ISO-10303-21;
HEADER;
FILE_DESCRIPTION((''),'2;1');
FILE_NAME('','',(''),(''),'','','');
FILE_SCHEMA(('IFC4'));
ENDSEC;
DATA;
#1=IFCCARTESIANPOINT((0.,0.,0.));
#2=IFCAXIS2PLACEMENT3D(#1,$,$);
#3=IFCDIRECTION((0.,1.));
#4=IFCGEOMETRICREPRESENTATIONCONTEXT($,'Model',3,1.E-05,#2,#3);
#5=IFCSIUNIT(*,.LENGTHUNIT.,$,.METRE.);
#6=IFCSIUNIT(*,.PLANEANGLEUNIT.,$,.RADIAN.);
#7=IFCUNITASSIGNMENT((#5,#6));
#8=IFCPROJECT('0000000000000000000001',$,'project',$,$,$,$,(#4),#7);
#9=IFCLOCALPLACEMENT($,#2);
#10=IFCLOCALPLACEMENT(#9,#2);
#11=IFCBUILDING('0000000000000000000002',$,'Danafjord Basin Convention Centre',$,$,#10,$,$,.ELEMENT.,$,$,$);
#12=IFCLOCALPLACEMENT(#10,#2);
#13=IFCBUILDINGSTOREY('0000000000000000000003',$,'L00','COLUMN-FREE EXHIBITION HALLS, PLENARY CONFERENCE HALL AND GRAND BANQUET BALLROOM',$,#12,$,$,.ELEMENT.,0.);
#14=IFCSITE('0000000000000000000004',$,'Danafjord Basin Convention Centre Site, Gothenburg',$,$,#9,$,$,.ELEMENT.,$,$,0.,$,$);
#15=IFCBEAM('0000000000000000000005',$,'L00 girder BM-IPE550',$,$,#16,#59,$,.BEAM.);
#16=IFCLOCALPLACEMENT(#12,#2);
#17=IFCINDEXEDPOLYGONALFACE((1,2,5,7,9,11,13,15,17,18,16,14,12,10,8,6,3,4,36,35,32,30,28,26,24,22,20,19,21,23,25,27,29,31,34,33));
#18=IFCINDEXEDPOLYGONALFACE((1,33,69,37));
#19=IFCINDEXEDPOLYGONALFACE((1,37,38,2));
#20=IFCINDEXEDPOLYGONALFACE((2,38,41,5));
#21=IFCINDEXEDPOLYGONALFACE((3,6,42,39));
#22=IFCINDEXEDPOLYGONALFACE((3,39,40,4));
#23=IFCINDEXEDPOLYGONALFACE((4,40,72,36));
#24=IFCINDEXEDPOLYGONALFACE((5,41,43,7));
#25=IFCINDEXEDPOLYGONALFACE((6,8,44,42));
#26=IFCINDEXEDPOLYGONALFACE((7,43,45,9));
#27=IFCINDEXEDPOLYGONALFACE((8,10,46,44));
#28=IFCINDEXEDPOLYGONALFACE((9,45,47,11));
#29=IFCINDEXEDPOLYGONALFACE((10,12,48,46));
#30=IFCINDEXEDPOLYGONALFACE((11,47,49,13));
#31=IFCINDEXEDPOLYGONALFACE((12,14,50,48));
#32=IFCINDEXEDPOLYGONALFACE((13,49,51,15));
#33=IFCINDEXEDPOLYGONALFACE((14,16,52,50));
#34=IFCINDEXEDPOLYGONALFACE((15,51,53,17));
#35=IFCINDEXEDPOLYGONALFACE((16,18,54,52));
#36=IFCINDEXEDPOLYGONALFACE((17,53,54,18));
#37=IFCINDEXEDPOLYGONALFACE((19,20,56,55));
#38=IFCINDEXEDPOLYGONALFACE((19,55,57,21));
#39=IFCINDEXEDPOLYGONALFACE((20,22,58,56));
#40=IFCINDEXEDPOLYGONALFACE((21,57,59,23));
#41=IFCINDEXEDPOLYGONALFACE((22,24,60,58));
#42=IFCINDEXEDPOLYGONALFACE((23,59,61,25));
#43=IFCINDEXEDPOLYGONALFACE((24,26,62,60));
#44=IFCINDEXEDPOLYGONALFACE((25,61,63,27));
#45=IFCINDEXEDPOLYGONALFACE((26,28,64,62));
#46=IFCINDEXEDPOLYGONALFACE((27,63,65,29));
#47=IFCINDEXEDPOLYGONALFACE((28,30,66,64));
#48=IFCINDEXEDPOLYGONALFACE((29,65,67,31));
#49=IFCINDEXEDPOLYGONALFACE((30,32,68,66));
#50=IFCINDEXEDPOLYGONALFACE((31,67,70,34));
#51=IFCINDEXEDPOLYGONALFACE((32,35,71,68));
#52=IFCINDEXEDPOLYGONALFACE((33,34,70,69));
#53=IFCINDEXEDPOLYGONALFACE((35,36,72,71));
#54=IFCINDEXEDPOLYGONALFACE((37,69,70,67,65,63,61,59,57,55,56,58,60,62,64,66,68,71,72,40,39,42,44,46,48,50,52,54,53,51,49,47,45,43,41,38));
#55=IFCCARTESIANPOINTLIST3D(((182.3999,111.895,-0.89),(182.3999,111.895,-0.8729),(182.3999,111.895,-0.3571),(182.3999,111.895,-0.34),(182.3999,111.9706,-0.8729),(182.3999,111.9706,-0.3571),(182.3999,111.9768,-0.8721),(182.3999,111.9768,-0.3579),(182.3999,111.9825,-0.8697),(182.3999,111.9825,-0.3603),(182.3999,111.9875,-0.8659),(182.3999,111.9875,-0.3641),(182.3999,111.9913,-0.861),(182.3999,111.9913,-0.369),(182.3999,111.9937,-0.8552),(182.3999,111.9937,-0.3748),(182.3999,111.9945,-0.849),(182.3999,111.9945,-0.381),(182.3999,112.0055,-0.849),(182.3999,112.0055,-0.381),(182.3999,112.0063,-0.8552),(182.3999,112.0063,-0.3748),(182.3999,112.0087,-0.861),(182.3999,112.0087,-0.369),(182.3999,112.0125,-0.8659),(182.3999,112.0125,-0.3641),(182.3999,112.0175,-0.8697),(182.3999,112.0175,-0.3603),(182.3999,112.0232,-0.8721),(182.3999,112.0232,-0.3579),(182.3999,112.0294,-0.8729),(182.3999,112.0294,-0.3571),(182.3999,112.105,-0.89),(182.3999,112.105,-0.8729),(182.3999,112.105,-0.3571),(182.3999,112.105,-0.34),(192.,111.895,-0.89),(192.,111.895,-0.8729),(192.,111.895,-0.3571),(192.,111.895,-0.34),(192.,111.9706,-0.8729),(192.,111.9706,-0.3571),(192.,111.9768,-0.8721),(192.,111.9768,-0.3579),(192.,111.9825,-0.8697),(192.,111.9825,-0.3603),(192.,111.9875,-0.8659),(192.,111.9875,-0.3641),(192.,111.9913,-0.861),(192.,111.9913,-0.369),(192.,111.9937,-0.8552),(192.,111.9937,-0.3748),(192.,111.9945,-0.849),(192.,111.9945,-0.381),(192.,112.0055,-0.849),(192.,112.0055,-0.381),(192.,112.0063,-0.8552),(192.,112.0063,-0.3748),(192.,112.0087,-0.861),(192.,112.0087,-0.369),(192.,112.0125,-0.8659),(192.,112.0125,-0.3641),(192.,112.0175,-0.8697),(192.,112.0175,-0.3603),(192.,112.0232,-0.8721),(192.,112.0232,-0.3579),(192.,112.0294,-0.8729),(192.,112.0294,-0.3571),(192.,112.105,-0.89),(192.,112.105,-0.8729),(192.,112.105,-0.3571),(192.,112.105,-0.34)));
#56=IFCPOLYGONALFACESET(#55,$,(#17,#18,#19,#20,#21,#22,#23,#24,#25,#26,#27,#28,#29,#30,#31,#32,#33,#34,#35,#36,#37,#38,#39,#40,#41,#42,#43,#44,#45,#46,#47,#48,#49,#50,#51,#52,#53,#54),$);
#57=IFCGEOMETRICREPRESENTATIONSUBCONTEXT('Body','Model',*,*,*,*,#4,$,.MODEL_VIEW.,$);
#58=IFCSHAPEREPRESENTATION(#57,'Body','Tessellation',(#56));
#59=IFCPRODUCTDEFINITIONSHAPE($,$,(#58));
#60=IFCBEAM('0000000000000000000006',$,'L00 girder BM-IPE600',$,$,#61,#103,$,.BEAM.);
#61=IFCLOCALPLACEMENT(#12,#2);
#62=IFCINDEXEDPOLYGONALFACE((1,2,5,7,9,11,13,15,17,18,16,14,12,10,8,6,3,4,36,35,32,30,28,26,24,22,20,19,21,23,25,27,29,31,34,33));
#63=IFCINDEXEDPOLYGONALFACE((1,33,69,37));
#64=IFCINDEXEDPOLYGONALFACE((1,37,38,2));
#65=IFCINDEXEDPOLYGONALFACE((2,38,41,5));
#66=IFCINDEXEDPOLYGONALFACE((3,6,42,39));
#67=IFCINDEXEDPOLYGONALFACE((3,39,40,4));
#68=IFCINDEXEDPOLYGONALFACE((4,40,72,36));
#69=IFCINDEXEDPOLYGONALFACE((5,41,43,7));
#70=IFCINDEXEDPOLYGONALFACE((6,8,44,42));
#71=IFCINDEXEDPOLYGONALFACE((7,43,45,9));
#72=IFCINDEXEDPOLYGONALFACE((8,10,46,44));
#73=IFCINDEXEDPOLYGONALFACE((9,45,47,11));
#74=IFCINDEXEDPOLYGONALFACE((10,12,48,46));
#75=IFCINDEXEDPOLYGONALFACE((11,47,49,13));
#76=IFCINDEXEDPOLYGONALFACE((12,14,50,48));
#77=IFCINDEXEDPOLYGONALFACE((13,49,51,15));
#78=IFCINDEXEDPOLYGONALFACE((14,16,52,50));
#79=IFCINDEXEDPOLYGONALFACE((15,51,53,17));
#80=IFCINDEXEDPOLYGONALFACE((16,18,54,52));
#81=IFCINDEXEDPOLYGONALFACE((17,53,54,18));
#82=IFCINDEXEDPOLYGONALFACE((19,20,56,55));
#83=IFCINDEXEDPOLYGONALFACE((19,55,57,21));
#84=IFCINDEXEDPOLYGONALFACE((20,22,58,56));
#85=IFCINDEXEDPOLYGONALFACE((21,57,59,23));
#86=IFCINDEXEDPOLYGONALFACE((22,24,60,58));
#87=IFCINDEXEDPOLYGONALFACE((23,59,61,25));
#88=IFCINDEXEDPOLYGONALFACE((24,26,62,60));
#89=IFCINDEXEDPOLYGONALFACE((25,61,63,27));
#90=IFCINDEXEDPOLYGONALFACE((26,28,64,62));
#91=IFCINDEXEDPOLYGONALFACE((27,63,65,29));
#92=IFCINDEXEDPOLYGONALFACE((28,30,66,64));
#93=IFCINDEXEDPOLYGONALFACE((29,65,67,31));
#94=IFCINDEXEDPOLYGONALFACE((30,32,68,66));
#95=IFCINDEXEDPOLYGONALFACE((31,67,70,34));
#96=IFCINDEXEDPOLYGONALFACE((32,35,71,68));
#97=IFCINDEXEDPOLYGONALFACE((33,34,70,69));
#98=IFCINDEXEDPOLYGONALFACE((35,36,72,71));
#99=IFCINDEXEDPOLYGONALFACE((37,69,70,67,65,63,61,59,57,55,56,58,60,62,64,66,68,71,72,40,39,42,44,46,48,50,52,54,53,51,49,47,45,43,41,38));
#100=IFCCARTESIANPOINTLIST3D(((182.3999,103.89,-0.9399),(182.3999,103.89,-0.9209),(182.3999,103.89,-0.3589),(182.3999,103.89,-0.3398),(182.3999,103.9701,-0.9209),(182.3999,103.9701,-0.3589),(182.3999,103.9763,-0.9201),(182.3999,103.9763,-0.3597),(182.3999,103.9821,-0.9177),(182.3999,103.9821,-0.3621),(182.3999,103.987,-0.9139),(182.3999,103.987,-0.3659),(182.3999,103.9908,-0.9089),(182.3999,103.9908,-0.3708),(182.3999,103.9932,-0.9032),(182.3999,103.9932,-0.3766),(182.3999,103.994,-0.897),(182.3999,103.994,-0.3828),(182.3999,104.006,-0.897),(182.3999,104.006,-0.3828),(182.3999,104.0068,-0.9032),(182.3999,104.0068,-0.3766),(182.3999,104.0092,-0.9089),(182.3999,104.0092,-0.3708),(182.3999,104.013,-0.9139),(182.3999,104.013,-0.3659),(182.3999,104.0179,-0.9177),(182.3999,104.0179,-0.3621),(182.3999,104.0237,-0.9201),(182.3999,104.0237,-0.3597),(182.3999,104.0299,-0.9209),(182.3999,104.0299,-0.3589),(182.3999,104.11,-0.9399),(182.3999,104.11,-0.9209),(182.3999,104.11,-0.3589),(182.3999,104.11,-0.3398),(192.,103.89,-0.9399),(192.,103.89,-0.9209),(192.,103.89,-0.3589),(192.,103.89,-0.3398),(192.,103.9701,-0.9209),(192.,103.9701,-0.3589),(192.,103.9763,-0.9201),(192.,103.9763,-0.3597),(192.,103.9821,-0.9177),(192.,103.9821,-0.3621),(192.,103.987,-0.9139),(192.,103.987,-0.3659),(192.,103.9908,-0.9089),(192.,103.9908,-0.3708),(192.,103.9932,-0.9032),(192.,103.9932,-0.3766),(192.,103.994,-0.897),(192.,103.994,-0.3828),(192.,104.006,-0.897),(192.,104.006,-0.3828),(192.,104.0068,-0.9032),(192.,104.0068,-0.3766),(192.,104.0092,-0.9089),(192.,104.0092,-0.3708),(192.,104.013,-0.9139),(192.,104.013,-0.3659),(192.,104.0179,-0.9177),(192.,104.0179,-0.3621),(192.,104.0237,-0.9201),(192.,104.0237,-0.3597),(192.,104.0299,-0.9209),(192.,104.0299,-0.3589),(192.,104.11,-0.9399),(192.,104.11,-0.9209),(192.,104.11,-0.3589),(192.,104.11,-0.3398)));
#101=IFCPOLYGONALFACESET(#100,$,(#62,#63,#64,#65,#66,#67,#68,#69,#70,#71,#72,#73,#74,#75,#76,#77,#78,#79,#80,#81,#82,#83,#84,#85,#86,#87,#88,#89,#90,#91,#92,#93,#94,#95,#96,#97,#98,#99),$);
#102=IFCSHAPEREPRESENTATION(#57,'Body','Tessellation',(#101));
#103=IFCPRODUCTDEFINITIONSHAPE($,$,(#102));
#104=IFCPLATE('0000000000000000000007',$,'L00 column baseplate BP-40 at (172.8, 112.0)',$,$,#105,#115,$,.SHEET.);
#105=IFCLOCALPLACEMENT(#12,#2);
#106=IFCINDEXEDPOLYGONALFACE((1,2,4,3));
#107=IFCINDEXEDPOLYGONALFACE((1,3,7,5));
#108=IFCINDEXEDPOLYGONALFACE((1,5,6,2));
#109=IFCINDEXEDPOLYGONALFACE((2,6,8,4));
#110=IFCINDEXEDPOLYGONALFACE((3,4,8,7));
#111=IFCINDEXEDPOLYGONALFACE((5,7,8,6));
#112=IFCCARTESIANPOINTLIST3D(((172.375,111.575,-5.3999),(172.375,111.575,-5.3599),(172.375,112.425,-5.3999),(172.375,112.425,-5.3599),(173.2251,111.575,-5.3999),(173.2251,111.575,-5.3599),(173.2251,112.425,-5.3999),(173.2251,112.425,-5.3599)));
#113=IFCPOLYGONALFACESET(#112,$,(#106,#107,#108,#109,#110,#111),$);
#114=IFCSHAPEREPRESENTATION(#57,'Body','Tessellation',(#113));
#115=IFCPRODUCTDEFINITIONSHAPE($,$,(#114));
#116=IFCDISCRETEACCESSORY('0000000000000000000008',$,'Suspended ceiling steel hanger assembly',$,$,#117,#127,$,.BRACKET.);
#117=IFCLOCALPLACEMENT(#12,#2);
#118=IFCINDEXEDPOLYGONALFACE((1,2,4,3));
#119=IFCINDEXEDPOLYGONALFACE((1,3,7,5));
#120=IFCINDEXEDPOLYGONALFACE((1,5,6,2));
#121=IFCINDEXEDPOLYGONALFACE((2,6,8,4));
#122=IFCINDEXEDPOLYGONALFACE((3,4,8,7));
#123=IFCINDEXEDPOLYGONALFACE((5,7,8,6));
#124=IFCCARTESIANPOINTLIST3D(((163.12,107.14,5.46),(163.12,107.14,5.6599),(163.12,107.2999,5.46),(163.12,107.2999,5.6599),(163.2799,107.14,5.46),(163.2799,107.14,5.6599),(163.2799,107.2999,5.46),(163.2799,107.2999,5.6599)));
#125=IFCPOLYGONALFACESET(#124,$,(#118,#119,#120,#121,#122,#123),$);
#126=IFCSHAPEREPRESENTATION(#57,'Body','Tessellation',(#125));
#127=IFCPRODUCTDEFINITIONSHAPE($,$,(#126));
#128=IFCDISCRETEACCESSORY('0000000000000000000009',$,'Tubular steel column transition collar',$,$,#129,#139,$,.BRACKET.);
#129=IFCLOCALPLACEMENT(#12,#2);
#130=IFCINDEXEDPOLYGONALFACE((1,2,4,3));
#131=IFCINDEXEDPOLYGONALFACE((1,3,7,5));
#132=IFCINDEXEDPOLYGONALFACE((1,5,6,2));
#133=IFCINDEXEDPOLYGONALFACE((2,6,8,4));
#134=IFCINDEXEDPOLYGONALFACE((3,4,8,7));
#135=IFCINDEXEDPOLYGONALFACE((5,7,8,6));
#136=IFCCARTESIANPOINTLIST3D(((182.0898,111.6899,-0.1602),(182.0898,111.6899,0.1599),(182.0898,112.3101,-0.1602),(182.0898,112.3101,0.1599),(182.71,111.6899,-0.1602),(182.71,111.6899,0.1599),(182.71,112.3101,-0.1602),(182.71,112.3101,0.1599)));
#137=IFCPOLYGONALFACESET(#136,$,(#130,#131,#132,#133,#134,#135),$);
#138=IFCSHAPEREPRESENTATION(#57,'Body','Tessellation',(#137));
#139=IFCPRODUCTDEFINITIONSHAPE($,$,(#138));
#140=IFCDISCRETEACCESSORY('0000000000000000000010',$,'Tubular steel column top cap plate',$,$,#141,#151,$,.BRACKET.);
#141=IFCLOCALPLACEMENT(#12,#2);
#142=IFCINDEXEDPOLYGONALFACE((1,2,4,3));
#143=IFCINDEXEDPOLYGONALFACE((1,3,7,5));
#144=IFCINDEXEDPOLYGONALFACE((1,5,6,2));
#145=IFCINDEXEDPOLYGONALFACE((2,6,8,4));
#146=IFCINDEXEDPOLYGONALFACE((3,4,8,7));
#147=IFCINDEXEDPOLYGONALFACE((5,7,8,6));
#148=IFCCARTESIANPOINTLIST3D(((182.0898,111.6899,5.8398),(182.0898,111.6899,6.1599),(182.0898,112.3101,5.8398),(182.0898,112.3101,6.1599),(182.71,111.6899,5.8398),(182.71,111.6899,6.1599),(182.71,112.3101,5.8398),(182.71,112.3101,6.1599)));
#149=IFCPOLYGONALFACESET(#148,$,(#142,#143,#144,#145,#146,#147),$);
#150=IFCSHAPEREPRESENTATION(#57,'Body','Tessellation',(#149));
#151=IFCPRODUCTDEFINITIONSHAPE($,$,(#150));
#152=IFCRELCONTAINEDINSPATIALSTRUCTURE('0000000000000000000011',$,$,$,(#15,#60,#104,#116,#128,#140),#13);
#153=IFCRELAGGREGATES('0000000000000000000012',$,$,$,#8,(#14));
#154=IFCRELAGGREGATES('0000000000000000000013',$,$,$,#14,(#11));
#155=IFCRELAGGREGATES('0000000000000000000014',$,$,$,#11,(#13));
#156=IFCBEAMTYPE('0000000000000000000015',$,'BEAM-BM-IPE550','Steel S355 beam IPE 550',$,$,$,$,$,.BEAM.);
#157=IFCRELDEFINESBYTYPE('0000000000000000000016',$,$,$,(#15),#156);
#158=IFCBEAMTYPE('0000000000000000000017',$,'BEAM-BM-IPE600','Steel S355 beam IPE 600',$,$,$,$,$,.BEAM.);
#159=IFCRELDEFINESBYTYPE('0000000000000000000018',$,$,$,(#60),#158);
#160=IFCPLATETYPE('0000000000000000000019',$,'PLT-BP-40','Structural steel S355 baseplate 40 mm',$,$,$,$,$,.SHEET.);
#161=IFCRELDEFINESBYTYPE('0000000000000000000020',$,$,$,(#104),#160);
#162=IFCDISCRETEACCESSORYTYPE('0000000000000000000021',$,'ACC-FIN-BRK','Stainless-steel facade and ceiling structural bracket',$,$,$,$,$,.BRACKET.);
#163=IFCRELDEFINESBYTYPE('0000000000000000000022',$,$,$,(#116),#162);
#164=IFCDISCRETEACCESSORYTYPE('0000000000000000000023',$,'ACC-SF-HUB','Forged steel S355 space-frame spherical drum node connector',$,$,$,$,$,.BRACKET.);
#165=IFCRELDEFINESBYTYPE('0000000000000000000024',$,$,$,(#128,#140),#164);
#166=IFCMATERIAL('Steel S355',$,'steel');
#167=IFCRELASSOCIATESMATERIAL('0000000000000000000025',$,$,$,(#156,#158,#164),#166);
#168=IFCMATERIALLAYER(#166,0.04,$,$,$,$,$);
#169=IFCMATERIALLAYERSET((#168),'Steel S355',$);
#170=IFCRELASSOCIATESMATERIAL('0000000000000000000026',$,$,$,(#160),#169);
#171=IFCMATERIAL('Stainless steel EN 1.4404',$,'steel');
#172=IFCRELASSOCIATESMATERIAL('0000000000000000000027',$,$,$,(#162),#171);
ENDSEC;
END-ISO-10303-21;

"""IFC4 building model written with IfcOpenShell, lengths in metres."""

from ifc_helpers import new_model, si_unit, direction, frame, origin, origin_2d, place, context, subcontext, project, spatial, rectangle, i_section, extrude, material, layer, layer_set, material_profile, profile_set, type_object, element, save


model = new_model("IFC4")

# Units and contexts
model_context = context("Model", 3, precision=1e-05, world=origin(), true_north=direction((0.0, 1.0)))
body_context = subcontext(model_context, "Body", "Model", "MODEL_VIEW")
ifc_project = project(units=[si_unit("LENGTHUNIT", "METRE"), si_unit("PLANEANGLEUNIT", "RADIAN")], contexts=[model_context])

# Site, building, storey
site_placement = place(None, origin())
site = spatial("IfcSite", under=ifc_project, at=site_placement, Name="Danafjord Basin Convention Centre Site, Gothenburg", CompositionType="ELEMENT", RefElevation=0.0)
building_placement = place(site_placement, origin())
building = spatial("IfcBuilding", under=site, at=building_placement, Name="Danafjord Basin Convention Centre", CompositionType="ELEMENT")
storey_placement = place(building_placement, origin())
storey = spatial("IfcBuildingStorey", under=building, at=storey_placement, Name="L00", Description="COLUMN-FREE EXHIBITION HALLS, PLENARY CONFERENCE HALL AND GRAND BANQUET BALLROOM", CompositionType="ELEMENT", Elevation=0.0)

# Shared definitions
ifc_material_1 = material(Name="Steel S355", Category="steel")

# Beams
ifc_material_profile_1 = material_profile(ifc_material_1, i_section(OverallWidth=0.21, OverallDepth=0.55, WebThickness=0.011, FlangeThickness=0.0171, FilletRadius=0.0239, at=origin_2d()), Name="IPE 550")
ifc_profile_set_1 = profile_set([ifc_material_profile_1], Name="Steel S355")
beam_type_1 = type_object("IfcBeamType", Name="BEAM-BM-IPE550", Description="Steel S355 beam IPE 550", PredefinedType="BEAM", material=ifc_profile_set_1)
beam_1_placement = place(storey_placement, frame((182.3999, 112.0, -0.615), z_axis=(1.0, 0.0, 0.0), x_axis=(0.0, 1.0, 0.0)))
element("IfcBeam", 1, at=beam_1_placement, inside=storey, type_object=beam_type_1, Name="L00 girder BM-IPE550", PredefinedType="BEAM", context=body_context, shape_type="SweptSolid", body=[
    extrude(i_section(OverallWidth=0.21, OverallDepth=0.55, WebThickness=0.011, FlangeThickness=0.0171, FilletRadius=0.0239, at=origin_2d()), origin(), (0.0, 0.0, 1.0), 9.6001),
])
ifc_material_profile_2 = material_profile(ifc_material_1, i_section(OverallWidth=0.22, OverallDepth=0.6001, WebThickness=0.012, FlangeThickness=0.019, FilletRadius=0.0239, at=origin_2d()), Name="IPE 600")
ifc_profile_set_2 = profile_set([ifc_material_profile_2], Name="Steel S355")
beam_type_2 = type_object("IfcBeamType", Name="BEAM-BM-IPE600", Description="Steel S355 beam IPE 600", PredefinedType="BEAM", material=ifc_profile_set_2)
beam_2_placement = place(storey_placement, frame((182.3999, 104.0, -0.6399), z_axis=(1.0, 0.0, 0.0), x_axis=(0.0, 1.0, 0.0)))
element("IfcBeam", 2, at=beam_2_placement, inside=storey, type_object=beam_type_2, Name="L00 girder BM-IPE600", PredefinedType="BEAM", context=body_context, shape_type="SweptSolid", body=[
    extrude(i_section(OverallWidth=0.22, OverallDepth=0.6001, WebThickness=0.012, FlangeThickness=0.019, FilletRadius=0.0239, at=origin_2d()), origin(), (0.0, 0.0, 1.0), 9.6001),
])

# Plate
ifc_layer = layer(ifc_material_1, 0.04)
ifc_layer_set = layer_set([ifc_layer], Name="Steel S355")
plate_type = type_object("IfcPlateType", Name="PLT-BP-40", Description="Structural steel S355 baseplate 40 mm", PredefinedType="SHEET", material=ifc_layer_set)
plate_placement = place(storey_placement, frame((172.8, 112.0, -5.3999), z_axis=(0.0, 0.0, 1.0), x_axis=(1.0, 0.0, 0.0)))
element("IfcPlate", 3, at=plate_placement, inside=storey, type_object=plate_type, Name="L00 column baseplate BP-40 at (172.8, 112.0)", PredefinedType="SHEET", context=body_context, shape_type="SweptSolid", body=[
    extrude(rectangle(XDim=0.8501, YDim=0.8501, at=origin_2d()), origin(), (0.0, 0.0, 1.0), 0.04),
])

# Discrete accessories
ifc_material_2 = material(Name="Stainless steel EN 1.4404", Category="steel")
discrete_accessory_type_1 = type_object("IfcDiscreteAccessoryType", Name="ACC-FIN-BRK", Description="Stainless-steel facade and ceiling structural bracket", PredefinedType="BRACKET", material=ifc_material_2)
discrete_accessory_placement = place(storey_placement, frame((163.2, 107.22, 5.46), z_axis=(0.0, 0.0, 1.0), x_axis=(1.0, 0.0, 0.0)))
element("IfcDiscreteAccessory", 4, at=discrete_accessory_placement, inside=storey, type_object=discrete_accessory_type_1, Name="Suspended ceiling steel hanger assembly", PredefinedType="BRACKET", context=body_context, shape_type="SweptSolid", body=[
    extrude(rectangle(XDim=0.1599, YDim=0.1599, at=origin_2d()), origin(), (0.0, 0.0, 1.0), 0.2),
])
discrete_accessory_type_2 = type_object("IfcDiscreteAccessoryType", Name="ACC-SF-HUB", Description="Forged steel S355 space-frame spherical drum node connector", PredefinedType="BRACKET", material=ifc_material_1)
for number, where, z_axis, x_axis, name in (
    (5, (182.3999, 112.0, -0.1602), (0.0, 0.0, 1.0), (1.0, 0.0, 0.0), "Tubular steel column transition collar"),
    (6, (182.3999, 112.0, 5.8398), (0.0, 0.0, 1.0), (1.0, 0.0, 0.0), "Tubular steel column top cap plate"),
):
    element("IfcDiscreteAccessory", number, at=place(storey_placement, frame(where, z_axis=z_axis, x_axis=x_axis)), inside=storey, type_object=discrete_accessory_type_2, Name=name, PredefinedType="BRACKET", context=body_context, shape_type="SweptSolid", body=[
        extrude(rectangle(XDim=0.6201, YDim=0.6201, at=origin_2d()), origin(), (0.0, 0.0, 1.0), 0.3201),
    ])

save(model, "model.ifc")
